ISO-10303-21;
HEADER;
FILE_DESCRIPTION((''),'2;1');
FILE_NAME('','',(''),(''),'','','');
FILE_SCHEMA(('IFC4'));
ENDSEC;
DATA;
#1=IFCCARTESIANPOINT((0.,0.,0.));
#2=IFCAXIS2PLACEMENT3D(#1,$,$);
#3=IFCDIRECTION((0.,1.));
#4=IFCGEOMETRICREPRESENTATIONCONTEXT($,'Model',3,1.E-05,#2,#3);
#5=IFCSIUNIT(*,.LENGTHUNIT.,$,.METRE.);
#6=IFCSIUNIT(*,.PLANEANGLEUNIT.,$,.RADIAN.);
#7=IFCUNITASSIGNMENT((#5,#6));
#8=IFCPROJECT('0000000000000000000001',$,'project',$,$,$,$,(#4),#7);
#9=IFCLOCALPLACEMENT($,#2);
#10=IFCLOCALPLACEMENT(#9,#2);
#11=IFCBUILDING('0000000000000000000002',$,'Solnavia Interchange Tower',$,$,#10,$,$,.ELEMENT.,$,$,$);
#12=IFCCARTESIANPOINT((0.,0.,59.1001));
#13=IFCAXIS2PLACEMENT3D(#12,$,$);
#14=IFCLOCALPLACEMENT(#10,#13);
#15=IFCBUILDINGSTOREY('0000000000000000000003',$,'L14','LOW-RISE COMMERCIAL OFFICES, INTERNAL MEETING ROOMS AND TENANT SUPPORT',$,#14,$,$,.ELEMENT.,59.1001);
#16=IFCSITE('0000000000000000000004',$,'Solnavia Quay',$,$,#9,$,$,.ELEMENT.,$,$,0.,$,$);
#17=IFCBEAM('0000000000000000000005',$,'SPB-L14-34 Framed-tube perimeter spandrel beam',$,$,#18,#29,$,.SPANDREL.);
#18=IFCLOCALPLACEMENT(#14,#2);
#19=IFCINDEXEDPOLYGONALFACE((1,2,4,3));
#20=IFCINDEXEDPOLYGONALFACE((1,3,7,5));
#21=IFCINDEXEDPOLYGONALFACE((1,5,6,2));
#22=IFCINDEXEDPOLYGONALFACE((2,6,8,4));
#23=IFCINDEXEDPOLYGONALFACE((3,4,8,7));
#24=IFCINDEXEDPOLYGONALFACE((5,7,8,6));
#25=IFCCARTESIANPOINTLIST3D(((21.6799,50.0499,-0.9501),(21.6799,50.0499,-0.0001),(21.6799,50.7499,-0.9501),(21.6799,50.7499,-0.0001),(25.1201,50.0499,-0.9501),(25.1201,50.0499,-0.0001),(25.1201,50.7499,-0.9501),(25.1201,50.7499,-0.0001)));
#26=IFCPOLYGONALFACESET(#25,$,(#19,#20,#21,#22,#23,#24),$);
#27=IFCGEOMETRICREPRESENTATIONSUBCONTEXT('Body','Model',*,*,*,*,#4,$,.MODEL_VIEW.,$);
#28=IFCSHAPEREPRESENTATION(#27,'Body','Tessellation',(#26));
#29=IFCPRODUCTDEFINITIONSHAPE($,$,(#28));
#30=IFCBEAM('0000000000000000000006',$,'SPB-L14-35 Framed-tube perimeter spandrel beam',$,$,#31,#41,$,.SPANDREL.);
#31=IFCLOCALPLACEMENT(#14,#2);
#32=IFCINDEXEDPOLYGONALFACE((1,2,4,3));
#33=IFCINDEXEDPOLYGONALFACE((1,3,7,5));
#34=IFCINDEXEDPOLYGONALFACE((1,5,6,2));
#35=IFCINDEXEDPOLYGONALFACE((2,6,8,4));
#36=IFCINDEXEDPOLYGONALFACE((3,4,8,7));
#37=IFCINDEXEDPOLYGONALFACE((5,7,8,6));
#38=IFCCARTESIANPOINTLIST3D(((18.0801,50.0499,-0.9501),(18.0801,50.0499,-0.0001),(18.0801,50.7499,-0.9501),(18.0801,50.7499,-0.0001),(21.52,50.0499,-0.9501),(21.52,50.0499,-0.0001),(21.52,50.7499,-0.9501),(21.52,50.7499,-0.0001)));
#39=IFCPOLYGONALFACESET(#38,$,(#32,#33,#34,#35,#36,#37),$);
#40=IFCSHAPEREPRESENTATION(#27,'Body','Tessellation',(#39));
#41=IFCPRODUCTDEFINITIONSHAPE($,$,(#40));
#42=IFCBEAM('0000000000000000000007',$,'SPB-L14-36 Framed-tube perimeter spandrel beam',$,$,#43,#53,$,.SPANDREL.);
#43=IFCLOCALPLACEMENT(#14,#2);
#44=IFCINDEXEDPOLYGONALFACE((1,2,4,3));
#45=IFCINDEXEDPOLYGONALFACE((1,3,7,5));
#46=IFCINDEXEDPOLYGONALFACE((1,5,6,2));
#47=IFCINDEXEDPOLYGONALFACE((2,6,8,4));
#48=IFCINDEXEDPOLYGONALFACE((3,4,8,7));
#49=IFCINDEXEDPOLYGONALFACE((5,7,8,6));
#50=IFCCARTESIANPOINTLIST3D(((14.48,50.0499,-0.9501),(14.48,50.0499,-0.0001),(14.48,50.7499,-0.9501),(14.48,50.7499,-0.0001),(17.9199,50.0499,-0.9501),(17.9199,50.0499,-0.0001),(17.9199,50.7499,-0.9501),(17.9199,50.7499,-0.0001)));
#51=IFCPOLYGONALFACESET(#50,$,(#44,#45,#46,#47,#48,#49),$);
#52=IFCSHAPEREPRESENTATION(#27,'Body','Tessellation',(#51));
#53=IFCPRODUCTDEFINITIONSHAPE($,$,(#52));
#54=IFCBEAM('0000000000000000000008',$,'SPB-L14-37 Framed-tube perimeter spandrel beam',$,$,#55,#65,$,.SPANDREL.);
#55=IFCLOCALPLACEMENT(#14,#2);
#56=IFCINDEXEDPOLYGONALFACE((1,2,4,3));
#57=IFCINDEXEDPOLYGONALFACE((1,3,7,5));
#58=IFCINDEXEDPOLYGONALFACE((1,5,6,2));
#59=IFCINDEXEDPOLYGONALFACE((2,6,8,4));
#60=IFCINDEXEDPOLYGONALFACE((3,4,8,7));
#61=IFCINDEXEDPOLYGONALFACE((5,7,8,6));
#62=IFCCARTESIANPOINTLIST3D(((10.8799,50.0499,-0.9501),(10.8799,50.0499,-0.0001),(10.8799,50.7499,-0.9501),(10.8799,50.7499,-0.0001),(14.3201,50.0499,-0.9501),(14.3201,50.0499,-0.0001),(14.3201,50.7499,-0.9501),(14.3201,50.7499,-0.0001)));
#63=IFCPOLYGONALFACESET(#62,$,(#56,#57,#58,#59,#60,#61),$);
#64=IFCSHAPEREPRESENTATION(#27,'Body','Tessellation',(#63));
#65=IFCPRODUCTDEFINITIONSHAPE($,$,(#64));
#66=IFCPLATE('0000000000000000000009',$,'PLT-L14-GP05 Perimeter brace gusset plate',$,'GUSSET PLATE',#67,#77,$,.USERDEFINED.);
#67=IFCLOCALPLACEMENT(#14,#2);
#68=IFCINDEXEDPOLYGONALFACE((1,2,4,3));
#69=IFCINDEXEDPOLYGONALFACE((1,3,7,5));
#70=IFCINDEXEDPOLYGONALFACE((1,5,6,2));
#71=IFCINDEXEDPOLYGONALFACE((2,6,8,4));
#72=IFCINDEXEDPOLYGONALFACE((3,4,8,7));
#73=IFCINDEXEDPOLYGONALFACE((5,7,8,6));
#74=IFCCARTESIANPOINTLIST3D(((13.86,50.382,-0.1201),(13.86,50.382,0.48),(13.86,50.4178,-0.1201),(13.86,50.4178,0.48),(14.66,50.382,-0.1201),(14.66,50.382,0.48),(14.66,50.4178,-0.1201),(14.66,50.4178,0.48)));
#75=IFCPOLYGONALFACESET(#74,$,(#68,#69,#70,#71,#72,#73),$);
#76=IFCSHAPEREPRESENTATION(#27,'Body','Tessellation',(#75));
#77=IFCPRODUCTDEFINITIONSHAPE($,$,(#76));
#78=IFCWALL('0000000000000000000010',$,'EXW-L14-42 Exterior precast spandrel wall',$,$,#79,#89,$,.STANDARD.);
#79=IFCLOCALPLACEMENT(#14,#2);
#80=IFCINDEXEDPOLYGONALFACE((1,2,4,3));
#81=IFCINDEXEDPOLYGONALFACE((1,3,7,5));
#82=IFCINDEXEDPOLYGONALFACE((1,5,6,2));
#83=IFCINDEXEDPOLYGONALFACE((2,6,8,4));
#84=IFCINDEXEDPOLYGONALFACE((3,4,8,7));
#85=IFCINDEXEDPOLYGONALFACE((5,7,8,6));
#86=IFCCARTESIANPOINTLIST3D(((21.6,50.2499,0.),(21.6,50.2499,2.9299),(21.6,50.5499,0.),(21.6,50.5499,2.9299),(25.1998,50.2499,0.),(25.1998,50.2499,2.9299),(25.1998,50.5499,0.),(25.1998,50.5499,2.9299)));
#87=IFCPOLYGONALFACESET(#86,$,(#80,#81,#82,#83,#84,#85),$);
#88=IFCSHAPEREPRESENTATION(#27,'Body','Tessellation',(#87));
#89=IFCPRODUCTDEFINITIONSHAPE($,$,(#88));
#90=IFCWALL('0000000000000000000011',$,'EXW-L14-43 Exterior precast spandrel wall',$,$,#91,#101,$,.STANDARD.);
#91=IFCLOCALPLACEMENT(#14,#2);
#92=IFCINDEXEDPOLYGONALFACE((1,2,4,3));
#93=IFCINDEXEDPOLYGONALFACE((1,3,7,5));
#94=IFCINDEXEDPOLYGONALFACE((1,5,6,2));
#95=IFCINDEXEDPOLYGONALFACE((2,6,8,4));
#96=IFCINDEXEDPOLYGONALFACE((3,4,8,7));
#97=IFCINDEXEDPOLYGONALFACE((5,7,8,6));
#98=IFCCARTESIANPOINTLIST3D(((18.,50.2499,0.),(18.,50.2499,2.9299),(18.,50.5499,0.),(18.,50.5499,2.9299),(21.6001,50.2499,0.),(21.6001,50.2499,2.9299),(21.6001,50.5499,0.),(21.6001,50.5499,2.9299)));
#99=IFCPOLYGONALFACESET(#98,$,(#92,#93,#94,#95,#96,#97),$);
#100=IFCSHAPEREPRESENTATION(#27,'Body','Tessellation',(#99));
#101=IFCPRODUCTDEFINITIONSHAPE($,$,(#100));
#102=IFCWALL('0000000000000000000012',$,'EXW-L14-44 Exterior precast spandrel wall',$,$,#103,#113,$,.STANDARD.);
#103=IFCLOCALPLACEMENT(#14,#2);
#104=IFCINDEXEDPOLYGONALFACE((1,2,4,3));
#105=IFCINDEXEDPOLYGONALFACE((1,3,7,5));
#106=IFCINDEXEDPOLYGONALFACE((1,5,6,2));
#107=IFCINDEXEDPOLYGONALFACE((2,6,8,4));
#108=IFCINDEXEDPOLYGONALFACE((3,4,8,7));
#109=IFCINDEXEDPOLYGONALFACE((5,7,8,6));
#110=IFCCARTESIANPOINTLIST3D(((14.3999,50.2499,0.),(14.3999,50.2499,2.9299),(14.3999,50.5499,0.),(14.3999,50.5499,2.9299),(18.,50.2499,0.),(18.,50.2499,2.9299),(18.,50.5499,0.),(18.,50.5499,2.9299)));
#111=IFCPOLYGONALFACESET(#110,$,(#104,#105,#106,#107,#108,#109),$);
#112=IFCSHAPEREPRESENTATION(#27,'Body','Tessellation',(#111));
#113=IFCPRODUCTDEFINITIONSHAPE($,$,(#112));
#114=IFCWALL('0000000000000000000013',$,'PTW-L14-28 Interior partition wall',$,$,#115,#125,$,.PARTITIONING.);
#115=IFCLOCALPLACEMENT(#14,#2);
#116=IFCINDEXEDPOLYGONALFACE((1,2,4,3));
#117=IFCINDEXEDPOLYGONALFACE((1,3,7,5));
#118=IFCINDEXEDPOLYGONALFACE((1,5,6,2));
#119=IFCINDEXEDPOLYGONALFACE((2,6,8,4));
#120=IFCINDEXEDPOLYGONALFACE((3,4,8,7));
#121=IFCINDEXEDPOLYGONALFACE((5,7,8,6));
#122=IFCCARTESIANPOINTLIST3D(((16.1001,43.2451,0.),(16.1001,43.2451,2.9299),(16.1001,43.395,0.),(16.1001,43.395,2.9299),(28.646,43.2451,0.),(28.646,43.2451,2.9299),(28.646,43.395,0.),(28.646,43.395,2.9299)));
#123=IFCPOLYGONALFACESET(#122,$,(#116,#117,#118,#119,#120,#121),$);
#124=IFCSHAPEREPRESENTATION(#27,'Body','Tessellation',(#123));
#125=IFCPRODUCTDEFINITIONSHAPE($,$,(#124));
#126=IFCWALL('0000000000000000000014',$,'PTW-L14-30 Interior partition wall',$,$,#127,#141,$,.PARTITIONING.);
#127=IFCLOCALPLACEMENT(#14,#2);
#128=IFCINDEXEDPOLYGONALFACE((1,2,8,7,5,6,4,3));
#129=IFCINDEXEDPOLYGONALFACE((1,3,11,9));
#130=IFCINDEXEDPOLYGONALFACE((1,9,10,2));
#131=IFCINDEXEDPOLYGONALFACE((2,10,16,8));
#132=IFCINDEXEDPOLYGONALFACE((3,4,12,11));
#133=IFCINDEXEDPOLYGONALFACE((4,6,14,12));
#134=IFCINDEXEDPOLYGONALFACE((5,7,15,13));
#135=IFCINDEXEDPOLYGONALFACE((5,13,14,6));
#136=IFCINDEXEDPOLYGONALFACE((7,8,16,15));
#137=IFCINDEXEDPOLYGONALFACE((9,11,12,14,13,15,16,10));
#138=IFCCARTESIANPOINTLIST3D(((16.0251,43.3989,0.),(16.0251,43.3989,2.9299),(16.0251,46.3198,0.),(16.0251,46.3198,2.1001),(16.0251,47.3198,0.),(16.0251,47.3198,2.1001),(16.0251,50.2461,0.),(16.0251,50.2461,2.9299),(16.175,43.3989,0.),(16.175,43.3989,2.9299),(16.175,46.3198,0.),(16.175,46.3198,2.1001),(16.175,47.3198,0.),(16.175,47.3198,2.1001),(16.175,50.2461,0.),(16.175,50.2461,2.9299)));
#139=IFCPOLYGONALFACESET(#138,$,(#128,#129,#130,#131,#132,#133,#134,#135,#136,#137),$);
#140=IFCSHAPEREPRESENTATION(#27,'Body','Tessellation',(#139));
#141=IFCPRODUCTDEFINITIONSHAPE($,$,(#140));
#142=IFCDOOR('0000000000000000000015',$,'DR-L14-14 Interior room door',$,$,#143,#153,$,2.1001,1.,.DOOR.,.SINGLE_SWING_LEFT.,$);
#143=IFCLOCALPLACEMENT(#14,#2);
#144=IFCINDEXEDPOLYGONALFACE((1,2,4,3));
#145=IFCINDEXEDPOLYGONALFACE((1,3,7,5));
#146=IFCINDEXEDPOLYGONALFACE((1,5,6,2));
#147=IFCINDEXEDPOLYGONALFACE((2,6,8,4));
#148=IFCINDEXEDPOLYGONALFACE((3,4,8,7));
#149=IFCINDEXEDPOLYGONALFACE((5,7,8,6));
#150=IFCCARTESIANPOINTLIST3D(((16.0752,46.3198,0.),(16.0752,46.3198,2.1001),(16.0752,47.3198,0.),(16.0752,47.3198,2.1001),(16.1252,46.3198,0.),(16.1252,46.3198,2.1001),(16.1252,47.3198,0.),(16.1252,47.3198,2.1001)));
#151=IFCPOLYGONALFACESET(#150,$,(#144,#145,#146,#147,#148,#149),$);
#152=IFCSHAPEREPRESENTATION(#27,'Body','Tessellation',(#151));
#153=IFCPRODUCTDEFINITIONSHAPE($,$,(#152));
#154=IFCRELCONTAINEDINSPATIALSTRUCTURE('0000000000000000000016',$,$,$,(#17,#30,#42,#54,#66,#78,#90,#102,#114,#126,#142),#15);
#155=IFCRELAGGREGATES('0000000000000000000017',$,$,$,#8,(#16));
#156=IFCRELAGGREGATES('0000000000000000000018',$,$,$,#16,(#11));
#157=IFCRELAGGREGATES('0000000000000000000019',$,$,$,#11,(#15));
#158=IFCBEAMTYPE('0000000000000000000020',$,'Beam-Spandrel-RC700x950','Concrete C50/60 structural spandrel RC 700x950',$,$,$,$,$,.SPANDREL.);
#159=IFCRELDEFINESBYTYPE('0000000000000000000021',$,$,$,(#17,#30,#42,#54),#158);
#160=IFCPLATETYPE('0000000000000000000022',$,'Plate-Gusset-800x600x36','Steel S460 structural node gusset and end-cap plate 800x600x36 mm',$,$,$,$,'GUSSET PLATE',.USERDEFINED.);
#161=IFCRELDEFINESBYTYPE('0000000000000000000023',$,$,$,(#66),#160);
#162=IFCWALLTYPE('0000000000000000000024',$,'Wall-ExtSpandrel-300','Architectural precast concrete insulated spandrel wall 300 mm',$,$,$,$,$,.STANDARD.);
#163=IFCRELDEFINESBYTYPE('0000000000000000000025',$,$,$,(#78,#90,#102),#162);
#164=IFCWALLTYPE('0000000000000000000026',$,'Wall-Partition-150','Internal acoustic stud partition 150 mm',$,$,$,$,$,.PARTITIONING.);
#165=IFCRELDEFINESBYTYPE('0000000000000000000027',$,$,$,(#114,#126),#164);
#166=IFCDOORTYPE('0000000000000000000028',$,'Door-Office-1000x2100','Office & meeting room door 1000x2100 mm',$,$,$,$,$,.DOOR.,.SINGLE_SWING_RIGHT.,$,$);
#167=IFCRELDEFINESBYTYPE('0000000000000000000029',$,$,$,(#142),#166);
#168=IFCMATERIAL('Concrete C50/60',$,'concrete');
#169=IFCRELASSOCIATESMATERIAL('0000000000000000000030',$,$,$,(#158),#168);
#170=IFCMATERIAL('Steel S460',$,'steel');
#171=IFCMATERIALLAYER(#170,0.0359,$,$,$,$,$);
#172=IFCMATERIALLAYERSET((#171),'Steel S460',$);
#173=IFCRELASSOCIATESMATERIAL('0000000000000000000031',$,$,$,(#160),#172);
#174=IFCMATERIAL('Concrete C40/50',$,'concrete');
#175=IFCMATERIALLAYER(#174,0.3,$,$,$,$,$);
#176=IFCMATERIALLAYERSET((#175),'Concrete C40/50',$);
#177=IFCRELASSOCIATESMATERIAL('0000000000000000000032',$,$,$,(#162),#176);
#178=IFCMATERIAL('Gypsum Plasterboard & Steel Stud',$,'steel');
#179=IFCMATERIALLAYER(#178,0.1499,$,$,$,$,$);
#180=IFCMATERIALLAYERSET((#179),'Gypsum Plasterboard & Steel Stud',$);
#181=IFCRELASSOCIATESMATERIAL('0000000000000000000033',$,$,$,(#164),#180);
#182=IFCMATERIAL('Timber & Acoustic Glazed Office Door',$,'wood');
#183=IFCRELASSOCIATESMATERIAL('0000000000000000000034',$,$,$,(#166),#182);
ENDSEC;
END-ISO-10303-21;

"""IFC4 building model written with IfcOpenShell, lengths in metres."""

from ifc_helpers import new_model, si_unit, direction, frame, frame_2d, origin, origin_2d, place, context, subcontext, project, spatial, rectangle, extrude, material, layer, layer_set, material_profile, profile_set, type_object, element, fill, save


model = new_model("IFC4")

# Units and contexts
model_context = context("Model", 3, precision=1e-05, world=origin(), true_north=direction((0.0, 1.0)))
body_context = subcontext(model_context, "Body", "Model", "MODEL_VIEW")
ifc_project = project(units=[si_unit("LENGTHUNIT", "METRE"), si_unit("PLANEANGLEUNIT", "RADIAN")], contexts=[model_context])

# Site, building, storey
site_placement = place(None, origin())
site = spatial("IfcSite", under=ifc_project, at=site_placement, Name="Solnavia Quay", CompositionType="ELEMENT", RefElevation=0.0)
building_placement = place(site_placement, origin())
building = spatial("IfcBuilding", under=site, at=building_placement, Name="Solnavia Interchange Tower", CompositionType="ELEMENT")
storey_placement = place(building_placement, frame((0.0, 0.0, 59.1001)))
storey = spatial("IfcBuildingStorey", under=building, at=storey_placement, Name="L14", Description="LOW-RISE COMMERCIAL OFFICES, INTERNAL MEETING ROOMS AND TENANT SUPPORT", CompositionType="ELEMENT", Elevation=59.1001)

# Beams
ifc_material_1 = material(Name="Steel S460", Category="steel")
ifc_material_2 = material(Name="Concrete C50/60", Category="concrete")
ifc_material_profile_1 = material_profile(ifc_material_2, rectangle(XDim=0.7, YDim=0.95, at=origin_2d()), Name="RC 700x950")
ifc_profile_set_1 = profile_set([ifc_material_profile_1], Name="Concrete C50/60")
beam_type_1 = type_object("IfcBeamType", Name="Beam-Spandrel-RC700x950", Description="Concrete C50/60 structural spandrel RC 700x950", PredefinedType="SPANDREL", material=ifc_profile_set_1)
beam_1_placement = place(storey_placement, frame((25.1201, 50.3999, -0.4751), z_axis=(-1.0, 0.0, 0.0), x_axis=(0.0, -1.0, 0.0)))
element("IfcBeam", 1, at=beam_1_placement, inside=storey, type_object=beam_type_1, Name="SPB-L14-34 Framed-tube perimeter spandrel beam", PredefinedType="SPANDREL", context=body_context, shape_type="SweptSolid", body=[
    extrude(rectangle(XDim=0.7, YDim=0.95, at=origin_2d()), origin(), (0.0, 0.0, 1.0), 3.4402),
])
for number, where, z_axis, x_axis, name in (
    (2, (21.52, 50.3999, -0.4751), (-1.0, 0.0, 0.0), (0.0, -1.0, 0.0), "SPB-L14-35 Framed-tube perimeter spandrel beam"),
    (3, (17.9199, 50.3999, -0.4751), (-1.0, 0.0, 0.0), (0.0, -1.0, 0.0), "SPB-L14-36 Framed-tube perimeter spandrel beam"),
):
    element("IfcBeam", number, at=place(storey_placement, frame(where, z_axis=z_axis, x_axis=x_axis)), inside=storey, type_object=beam_type_1, Name=name, PredefinedType="SPANDREL", context=body_context, shape_type="SweptSolid", body=[
        extrude(rectangle(XDim=0.7, YDim=0.95, at=origin_2d()), origin(), (0.0, 0.0, 1.0), 3.4399),
    ])
beam_2_placement = place(storey_placement, frame((14.3201, 50.3999, -0.4751), z_axis=(-1.0, 0.0, 0.0), x_axis=(0.0, -1.0, 0.0)))
element("IfcBeam", 4, at=beam_2_placement, inside=storey, type_object=beam_type_1, Name="SPB-L14-37 Framed-tube perimeter spandrel beam", PredefinedType="SPANDREL", context=body_context, shape_type="SweptSolid", body=[
    extrude(rectangle(XDim=0.7, YDim=0.95, at=origin_2d()), origin(), (0.0, 0.0, 1.0), 3.4402),
])

# Plate
ifc_layer_1 = layer(ifc_material_1, 0.0359)
ifc_layer_set_1 = layer_set([ifc_layer_1], Name="Steel S460")
plate_type = type_object("IfcPlateType", Name="Plate-Gusset-800x600x36", Description="Steel S460 structural node gusset and end-cap plate 800x600x36 mm", ElementType="GUSSET PLATE", PredefinedType="USERDEFINED", material=ifc_layer_set_1)
plate_placement = place(storey_placement, frame((14.26, 50.3999, -0.1201), z_axis=(0.0, 0.0, 1.0), x_axis=(-1.0, 0.0, 0.0)))
element("IfcPlate", 5, at=plate_placement, inside=storey, type_object=plate_type, Name="PLT-L14-GP05 Perimeter brace gusset plate", ObjectType="GUSSET PLATE", PredefinedType="USERDEFINED", context=body_context, shape_type="SweptSolid", body=[
    extrude(rectangle(XDim=0.8, YDim=0.0359, at=origin_2d()), origin(), (0.0, 0.0, 1.0), 0.6001),
])

# Walls
ifc_material_3 = material(Name="Concrete C40/50", Category="concrete")
ifc_layer_2 = layer(ifc_material_3, 0.3)
ifc_layer_set_2 = layer_set([ifc_layer_2], Name="Concrete C40/50")
wall_type_1 = type_object("IfcWallType", Name="Wall-ExtSpandrel-300", Description="Architectural precast concrete insulated spandrel wall 300 mm", PredefinedType="STANDARD", material=ifc_layer_set_2)
wall_1_placement = place(storey_placement, frame((21.6001, 50.3999, 0.0), z_axis=(0.0, 0.0, 1.0), x_axis=(1.0, 0.0, 0.0)))
element("IfcWall", 6, at=wall_1_placement, inside=storey, type_object=wall_type_1, Name="EXW-L14-42 Exterior precast spandrel wall", PredefinedType="STANDARD", context=body_context, shape_type="SweptSolid", body=[
    extrude(rectangle(XDim=3.5999, YDim=0.3, at=frame_2d((1.7998, 0.0))), origin(), (0.0, 0.0, 1.0), 2.9299),
])
for number, where, z_axis, x_axis, name in (
    (7, (18.0, 50.3999, 0.0), (0.0, 0.0, 1.0), (1.0, 0.0, 0.0), "EXW-L14-43 Exterior precast spandrel wall"),
    (8, (14.3999, 50.3999, 0.0), (0.0, 0.0, 1.0), (1.0, 0.0, 0.0), "EXW-L14-44 Exterior precast spandrel wall"),
):
    element("IfcWall", number, at=place(storey_placement, frame(where, z_axis=z_axis, x_axis=x_axis)), inside=storey, type_object=wall_type_1, Name=name, PredefinedType="STANDARD", context=body_context, shape_type="SweptSolid", body=[
        extrude(rectangle(XDim=3.6001, YDim=0.3, at=frame_2d((1.8, 0.0))), origin(), (0.0, 0.0, 1.0), 2.9299),
    ])
ifc_material_4 = material(Name="Gypsum Plasterboard & Steel Stud", Category="steel")
ifc_layer_3 = layer(ifc_material_4, 0.1499)
ifc_layer_set_3 = layer_set([ifc_layer_3], Name="Gypsum Plasterboard & Steel Stud")
wall_type_2 = type_object("IfcWallType", Name="Wall-Partition-150", Description="Internal acoustic stud partition 150 mm", PredefinedType="PARTITIONING", material=ifc_layer_set_3)
wall_2_placement = place(storey_placement, frame((16.1001, 43.3201, 0.0), z_axis=(0.0, 0.0, 1.0), x_axis=(1.0, 0.0, 0.0)))
element("IfcWall", 9, at=wall_2_placement, inside=storey, type_object=wall_type_2, Name="PTW-L14-28 Interior partition wall", PredefinedType="PARTITIONING", context=body_context, shape_type="SweptSolid", body=[
    extrude(rectangle(XDim=12.5459, YDim=0.1499, at=frame_2d((6.2729, 0.0))), origin(), (0.0, 0.0, 1.0), 2.9299),
])

# Wall, opening, door
wall_3_placement = place(storey_placement, frame((16.1001, 43.3989, 0.0), z_axis=(0.0, 0.0, 1.0), x_axis=(0.0, 1.0, 0.0)))
wall_3 = element("IfcWall", 10, at=wall_3_placement, inside=storey, type_object=wall_type_2, Name="PTW-L14-30 Interior partition wall", PredefinedType="PARTITIONING", context=body_context, shape_type="SweptSolid", body=[
    extrude(rectangle(XDim=6.8472, YDim=0.1499, at=frame_2d((3.4236, 0.0))), origin(), (0.0, 0.0, 1.0), 2.9299),
])
opening_placement = place(wall_3_placement, frame((2.9209, 0.0, 0.0)))
opening = element("IfcOpeningElement", 11, at=opening_placement, cuts=wall_3, PredefinedType="OPENING", context=body_context, shape_type="SweptSolid", body=[
    extrude(rectangle(XDim=1.0, YDim=2.1001, at=frame_2d((0.5, 1.05))), frame((0.0, 0.085, 0.0), z_axis=(0.0, -1.0, 0.0), x_axis=(1.0, 0.0, 0.0)), (0.0, 0.0, 1.0), 0.1699),
])
ifc_material_5 = material(Name="Timber & Acoustic Glazed Office Door", Category="wood")
door_type = type_object("IfcDoorType", Name="Door-Office-1000x2100", Description="Office & meeting room door 1000x2100 mm", OperationType="SINGLE_SWING_RIGHT", PredefinedType="DOOR", material=ifc_material_5)
door_placement = place(opening_placement, origin())
door = element("IfcDoor", 12, at=door_placement, inside=storey, type_object=door_type, Name="DR-L14-14 Interior room door", OperationType="SINGLE_SWING_LEFT", OverallHeight=2.1001, OverallWidth=1.0, PredefinedType="DOOR", context=body_context, shape_type="SweptSolid", body=[
    extrude(rectangle(XDim=1.0, YDim=2.1001, at=frame_2d((0.5, 1.05))), frame((0.0, 0.0249, 0.0), z_axis=(0.0, -1.0, 0.0), x_axis=(1.0, 0.0, 0.0)), (0.0, 0.0, 1.0), 0.05),
])
fill(opening, door)

save(model, "model.ifc")
